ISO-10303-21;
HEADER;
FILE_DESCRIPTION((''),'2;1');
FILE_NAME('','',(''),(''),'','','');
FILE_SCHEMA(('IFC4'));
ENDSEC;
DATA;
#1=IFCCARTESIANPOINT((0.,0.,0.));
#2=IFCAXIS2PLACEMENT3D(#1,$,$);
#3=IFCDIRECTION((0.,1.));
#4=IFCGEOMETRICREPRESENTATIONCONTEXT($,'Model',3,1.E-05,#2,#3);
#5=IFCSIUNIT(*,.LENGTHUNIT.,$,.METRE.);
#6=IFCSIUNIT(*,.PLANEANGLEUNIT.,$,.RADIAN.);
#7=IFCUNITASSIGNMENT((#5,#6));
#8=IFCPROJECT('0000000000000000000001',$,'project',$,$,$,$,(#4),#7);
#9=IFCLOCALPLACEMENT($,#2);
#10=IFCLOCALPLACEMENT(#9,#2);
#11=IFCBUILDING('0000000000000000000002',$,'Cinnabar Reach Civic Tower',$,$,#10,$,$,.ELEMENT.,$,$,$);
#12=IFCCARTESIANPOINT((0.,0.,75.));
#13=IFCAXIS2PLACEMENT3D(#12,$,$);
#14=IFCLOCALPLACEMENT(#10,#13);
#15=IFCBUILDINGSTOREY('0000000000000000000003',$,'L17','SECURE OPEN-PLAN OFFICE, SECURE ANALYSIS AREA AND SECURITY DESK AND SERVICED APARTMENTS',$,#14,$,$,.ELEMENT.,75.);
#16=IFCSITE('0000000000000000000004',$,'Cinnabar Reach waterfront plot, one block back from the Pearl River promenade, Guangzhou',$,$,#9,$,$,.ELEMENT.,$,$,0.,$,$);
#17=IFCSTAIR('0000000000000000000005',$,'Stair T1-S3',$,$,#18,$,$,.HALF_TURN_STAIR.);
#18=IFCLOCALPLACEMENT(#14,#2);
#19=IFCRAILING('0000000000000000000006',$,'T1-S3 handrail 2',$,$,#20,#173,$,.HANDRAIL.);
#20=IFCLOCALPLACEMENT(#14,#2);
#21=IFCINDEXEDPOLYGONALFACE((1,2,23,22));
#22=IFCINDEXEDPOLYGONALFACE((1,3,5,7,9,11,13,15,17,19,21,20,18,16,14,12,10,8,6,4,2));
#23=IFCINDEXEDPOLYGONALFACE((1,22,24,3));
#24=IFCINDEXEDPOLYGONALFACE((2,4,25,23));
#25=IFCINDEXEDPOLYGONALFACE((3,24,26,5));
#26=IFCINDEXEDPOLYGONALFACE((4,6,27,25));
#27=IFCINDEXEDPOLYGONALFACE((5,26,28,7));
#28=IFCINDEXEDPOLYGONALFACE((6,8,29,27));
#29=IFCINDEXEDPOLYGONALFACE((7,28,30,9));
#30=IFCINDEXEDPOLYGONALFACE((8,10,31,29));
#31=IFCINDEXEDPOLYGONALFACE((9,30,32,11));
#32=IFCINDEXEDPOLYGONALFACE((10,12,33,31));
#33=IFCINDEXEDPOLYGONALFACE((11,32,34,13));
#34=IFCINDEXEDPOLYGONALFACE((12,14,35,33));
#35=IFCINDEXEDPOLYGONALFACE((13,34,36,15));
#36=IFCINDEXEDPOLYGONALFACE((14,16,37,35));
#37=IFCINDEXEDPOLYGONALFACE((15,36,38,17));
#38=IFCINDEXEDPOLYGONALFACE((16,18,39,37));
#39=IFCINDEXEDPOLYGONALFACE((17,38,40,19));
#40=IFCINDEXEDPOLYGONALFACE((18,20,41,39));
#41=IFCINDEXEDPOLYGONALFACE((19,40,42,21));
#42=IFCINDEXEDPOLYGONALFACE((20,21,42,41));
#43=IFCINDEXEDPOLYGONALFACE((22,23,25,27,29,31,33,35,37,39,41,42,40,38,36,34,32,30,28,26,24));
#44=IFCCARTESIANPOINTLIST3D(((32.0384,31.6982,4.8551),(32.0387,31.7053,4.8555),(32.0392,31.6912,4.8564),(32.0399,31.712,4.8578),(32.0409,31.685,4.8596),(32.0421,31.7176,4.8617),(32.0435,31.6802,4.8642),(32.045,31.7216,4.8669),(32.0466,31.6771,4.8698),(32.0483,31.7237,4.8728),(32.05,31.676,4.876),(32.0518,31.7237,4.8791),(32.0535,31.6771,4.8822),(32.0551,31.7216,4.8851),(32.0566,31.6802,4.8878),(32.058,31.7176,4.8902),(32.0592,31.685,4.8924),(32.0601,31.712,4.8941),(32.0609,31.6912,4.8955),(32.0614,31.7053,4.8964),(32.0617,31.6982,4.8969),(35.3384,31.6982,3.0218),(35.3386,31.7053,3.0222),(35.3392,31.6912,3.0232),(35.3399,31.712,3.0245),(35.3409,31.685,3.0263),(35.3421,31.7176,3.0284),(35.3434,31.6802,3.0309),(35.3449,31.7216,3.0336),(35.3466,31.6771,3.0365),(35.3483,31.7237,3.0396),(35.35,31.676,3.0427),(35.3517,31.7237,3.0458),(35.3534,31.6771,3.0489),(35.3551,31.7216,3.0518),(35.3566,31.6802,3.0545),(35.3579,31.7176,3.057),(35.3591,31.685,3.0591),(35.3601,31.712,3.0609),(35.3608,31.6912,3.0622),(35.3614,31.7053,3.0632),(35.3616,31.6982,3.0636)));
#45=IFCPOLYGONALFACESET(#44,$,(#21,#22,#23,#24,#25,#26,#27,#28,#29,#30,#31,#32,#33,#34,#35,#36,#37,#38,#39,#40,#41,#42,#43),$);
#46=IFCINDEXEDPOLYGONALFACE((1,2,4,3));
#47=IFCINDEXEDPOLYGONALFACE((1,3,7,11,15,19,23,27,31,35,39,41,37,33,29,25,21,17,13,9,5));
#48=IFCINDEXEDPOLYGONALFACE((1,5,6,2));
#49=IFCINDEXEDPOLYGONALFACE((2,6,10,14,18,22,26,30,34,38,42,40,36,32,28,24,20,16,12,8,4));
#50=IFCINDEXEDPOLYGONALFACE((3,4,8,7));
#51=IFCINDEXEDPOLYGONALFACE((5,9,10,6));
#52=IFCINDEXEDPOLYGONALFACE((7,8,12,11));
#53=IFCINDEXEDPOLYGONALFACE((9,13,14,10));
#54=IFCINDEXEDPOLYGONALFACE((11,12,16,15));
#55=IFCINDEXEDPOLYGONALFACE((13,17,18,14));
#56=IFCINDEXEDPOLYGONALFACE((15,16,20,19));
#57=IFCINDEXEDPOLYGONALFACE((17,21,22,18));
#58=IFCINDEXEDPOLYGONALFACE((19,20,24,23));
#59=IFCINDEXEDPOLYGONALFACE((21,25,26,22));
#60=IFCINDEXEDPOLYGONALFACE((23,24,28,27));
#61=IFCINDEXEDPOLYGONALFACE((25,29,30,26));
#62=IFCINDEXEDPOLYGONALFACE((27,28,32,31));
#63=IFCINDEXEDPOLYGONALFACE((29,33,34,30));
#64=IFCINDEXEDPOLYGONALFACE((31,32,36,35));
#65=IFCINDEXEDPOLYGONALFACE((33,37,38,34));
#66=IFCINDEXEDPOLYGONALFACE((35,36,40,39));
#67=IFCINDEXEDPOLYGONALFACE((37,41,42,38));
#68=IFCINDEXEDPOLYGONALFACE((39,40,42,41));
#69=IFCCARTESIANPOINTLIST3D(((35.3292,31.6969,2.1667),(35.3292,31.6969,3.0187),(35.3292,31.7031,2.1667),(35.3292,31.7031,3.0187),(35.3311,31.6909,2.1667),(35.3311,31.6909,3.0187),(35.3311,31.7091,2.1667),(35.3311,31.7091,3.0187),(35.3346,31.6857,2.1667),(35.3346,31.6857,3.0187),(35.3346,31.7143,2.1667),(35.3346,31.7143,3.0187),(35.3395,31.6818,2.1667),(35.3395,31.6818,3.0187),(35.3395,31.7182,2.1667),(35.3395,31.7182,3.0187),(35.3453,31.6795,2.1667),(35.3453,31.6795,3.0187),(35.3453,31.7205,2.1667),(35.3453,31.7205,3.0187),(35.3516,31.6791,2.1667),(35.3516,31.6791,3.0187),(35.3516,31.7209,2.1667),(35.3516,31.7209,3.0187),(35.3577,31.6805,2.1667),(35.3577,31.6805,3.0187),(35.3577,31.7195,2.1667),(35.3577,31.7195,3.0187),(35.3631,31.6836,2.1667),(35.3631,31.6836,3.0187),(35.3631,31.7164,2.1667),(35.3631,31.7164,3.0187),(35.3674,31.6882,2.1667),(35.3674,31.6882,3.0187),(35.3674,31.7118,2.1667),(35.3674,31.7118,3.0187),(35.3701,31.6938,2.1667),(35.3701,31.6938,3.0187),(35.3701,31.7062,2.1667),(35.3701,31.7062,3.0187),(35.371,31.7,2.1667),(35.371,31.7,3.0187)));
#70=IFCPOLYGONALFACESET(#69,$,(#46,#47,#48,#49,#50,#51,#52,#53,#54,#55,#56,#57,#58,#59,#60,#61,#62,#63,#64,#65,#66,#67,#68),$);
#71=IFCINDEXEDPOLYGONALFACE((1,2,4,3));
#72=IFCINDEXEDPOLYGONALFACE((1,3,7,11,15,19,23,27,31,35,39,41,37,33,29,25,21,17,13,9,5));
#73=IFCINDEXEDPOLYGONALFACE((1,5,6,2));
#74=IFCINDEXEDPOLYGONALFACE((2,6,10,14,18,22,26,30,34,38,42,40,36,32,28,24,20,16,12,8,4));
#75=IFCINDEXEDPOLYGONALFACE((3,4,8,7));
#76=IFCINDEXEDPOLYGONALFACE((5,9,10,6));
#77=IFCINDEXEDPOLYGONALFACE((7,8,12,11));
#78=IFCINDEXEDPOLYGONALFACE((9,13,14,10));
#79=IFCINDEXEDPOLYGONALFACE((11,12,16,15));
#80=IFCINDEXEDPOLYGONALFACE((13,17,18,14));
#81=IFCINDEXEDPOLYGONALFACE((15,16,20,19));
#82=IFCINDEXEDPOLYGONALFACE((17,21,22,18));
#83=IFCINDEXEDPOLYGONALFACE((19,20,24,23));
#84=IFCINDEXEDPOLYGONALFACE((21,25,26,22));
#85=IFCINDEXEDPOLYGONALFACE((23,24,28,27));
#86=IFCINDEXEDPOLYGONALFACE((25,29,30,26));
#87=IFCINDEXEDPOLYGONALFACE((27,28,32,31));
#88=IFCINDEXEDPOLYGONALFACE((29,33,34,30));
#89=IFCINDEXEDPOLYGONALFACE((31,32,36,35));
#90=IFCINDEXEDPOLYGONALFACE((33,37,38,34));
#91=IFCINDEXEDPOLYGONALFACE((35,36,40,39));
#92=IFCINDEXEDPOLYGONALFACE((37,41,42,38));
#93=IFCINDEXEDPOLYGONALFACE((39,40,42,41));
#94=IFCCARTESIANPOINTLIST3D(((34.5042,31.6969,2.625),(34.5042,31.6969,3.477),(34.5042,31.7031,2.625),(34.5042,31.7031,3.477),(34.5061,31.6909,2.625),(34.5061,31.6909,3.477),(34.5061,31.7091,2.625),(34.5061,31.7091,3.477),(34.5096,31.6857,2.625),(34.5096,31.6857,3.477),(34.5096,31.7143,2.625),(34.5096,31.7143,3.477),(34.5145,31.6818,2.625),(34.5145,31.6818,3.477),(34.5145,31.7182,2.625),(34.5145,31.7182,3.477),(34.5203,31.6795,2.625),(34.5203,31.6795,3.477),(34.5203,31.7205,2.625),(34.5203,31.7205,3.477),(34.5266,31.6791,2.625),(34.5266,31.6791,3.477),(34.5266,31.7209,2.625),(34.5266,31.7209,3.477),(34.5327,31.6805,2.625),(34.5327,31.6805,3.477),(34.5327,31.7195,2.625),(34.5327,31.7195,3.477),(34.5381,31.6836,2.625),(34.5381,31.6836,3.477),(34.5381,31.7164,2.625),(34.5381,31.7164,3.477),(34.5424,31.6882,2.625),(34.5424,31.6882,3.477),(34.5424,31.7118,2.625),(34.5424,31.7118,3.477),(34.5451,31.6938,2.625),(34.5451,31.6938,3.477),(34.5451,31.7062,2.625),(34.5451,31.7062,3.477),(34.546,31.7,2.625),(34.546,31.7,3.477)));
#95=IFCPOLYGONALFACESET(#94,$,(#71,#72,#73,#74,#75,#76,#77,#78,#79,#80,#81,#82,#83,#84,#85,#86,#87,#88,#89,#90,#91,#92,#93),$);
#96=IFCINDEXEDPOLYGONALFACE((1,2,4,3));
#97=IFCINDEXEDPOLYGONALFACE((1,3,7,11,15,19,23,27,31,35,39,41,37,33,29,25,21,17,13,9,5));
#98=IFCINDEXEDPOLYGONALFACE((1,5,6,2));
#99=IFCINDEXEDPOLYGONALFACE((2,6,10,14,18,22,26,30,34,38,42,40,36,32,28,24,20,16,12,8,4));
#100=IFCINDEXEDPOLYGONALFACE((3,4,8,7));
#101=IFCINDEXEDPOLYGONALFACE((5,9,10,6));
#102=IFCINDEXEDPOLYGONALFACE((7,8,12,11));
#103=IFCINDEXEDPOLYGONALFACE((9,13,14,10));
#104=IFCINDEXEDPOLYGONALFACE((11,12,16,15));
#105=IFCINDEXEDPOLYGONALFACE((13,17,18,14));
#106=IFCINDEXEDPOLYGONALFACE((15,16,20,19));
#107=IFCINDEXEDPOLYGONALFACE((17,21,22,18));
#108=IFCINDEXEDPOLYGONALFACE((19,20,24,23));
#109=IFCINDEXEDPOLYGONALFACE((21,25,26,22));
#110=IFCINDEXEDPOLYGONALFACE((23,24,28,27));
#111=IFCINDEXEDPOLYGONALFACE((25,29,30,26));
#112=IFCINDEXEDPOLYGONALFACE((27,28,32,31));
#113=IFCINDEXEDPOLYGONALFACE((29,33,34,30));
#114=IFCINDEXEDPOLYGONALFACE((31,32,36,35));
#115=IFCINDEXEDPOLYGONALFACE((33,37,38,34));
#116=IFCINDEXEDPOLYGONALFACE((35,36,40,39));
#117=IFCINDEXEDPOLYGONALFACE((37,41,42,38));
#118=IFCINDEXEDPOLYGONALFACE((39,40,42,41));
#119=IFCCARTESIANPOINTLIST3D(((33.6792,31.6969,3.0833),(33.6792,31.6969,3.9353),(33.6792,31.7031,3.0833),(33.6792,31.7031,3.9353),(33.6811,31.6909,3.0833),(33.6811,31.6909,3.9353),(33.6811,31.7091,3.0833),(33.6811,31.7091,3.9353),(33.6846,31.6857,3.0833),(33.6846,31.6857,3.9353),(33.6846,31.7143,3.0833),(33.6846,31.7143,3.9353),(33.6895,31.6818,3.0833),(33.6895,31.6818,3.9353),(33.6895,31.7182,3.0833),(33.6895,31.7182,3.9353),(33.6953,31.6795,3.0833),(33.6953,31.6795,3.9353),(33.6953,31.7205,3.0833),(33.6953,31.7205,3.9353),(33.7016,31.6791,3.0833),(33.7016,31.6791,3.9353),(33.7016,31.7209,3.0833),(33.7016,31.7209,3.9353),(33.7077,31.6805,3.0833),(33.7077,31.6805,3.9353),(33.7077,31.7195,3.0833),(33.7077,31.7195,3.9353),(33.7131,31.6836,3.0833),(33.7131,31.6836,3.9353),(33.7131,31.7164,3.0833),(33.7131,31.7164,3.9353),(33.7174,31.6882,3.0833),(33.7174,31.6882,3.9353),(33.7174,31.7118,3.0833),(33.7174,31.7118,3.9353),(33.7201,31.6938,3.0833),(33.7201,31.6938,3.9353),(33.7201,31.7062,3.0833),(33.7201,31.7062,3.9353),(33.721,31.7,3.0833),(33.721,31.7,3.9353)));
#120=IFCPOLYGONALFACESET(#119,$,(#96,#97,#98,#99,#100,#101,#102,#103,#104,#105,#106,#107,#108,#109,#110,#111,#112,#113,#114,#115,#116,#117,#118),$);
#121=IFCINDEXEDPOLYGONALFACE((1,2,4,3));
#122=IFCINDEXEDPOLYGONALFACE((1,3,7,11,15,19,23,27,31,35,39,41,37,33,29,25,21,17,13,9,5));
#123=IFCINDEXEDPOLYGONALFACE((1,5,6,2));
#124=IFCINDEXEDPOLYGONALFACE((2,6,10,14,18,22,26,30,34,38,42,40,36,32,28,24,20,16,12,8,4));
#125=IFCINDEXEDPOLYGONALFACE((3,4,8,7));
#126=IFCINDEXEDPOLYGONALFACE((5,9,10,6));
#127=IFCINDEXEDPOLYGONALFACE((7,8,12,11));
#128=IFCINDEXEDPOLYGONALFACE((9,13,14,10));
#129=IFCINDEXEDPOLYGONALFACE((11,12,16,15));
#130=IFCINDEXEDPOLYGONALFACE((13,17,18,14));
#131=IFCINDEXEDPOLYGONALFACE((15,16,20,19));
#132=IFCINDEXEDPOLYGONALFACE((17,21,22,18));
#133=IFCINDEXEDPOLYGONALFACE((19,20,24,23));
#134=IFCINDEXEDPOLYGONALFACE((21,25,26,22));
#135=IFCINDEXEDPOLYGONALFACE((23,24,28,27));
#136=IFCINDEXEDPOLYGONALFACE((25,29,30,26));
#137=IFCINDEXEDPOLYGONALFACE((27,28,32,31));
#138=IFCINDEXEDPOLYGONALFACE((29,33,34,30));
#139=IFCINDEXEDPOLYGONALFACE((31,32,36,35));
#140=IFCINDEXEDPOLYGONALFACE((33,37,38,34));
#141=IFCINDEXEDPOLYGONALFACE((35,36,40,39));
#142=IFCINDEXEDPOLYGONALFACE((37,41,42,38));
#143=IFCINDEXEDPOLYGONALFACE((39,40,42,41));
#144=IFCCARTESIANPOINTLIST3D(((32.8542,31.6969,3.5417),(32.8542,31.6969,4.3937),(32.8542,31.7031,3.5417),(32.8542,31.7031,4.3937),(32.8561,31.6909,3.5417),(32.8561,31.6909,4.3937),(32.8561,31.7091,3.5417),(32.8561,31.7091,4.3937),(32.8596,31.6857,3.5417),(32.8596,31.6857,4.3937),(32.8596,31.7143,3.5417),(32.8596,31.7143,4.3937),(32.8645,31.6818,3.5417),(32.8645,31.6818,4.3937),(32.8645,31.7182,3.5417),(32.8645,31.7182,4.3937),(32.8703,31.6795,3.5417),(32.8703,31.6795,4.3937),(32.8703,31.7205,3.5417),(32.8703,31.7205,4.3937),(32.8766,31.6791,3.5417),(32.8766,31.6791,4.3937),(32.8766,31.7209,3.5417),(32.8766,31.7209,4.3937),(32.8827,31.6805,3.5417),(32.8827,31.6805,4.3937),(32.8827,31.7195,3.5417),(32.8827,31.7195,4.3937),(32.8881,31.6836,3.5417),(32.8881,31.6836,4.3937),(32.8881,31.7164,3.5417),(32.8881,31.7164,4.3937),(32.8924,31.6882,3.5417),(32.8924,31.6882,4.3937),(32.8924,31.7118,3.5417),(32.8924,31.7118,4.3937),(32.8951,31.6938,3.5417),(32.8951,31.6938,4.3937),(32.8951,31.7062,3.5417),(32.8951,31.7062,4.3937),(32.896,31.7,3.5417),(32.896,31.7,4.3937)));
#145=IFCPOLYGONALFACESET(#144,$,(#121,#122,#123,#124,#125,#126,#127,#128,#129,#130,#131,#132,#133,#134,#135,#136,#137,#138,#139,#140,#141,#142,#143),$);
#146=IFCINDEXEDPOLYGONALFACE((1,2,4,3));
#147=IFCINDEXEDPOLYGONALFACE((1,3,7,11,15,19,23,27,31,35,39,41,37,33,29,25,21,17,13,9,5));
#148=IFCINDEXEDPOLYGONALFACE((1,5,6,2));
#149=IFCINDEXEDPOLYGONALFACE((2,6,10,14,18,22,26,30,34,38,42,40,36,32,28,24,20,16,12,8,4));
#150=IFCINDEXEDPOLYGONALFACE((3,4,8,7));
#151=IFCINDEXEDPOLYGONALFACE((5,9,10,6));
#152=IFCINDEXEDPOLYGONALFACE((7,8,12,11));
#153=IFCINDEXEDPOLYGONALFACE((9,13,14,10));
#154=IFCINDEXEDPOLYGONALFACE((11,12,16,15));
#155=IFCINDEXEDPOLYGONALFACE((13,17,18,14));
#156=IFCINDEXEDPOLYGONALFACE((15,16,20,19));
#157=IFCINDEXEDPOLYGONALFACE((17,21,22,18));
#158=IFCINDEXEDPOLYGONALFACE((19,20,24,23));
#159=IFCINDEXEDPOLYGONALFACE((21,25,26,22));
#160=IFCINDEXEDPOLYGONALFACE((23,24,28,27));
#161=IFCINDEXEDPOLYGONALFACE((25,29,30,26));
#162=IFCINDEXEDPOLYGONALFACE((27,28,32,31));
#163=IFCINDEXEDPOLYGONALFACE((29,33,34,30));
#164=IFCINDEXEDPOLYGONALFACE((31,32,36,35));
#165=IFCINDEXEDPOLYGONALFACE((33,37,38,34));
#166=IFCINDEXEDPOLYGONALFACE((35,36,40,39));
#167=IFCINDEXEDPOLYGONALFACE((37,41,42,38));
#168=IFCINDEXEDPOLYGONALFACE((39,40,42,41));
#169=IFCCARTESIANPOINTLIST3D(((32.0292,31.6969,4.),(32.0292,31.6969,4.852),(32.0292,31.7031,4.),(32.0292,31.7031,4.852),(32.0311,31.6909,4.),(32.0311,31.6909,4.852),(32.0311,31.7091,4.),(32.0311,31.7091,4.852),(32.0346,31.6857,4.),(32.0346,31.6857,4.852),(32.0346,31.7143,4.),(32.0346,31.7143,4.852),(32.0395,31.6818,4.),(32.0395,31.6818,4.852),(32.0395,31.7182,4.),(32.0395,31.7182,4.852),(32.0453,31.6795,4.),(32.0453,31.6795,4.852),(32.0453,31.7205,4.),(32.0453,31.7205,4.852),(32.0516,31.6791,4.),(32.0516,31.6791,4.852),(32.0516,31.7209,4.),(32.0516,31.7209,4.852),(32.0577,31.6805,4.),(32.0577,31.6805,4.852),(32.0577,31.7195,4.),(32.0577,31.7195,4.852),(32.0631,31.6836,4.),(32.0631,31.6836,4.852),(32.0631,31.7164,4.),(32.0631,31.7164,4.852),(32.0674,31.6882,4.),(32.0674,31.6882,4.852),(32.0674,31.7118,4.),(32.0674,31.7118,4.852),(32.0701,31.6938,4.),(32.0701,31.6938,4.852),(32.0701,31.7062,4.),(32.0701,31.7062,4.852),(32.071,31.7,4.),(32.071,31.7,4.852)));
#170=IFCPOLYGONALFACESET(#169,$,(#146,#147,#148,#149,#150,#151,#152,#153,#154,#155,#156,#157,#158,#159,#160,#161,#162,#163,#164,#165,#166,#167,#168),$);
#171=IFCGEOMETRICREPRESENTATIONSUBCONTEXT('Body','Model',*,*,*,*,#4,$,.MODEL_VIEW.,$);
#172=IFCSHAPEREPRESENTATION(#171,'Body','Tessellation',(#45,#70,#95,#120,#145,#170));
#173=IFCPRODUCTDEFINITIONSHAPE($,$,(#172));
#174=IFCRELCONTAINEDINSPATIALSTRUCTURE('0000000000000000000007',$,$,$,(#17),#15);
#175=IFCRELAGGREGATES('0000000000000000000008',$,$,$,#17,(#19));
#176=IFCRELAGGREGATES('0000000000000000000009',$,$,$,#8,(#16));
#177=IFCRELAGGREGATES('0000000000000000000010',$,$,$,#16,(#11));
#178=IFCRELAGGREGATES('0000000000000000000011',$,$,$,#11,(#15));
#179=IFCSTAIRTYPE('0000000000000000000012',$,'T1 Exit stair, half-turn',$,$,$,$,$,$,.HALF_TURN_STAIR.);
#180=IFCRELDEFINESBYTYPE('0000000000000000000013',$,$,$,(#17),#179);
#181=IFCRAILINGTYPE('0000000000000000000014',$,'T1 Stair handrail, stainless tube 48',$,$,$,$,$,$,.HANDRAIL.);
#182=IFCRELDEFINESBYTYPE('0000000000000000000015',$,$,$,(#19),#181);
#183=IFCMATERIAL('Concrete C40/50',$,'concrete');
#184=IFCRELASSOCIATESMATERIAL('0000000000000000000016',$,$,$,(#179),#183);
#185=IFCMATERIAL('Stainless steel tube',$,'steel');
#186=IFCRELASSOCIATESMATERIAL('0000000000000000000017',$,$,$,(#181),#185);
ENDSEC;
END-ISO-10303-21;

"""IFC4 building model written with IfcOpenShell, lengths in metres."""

from ifc_helpers import new_model, si_unit, direction, frame, origin, origin_2d, place, context, subcontext, project, spatial, circle, extrude, material, type_object, element, aggregate, save


model = new_model("IFC4")

# Units and contexts
model_context = context("Model", 3, precision=1e-05, world=origin(), true_north=direction((0.0, 1.0)))
body_context = subcontext(model_context, "Body", "Model", "MODEL_VIEW")
ifc_project = project(units=[si_unit("LENGTHUNIT", "METRE"), si_unit("PLANEANGLEUNIT", "RADIAN")], contexts=[model_context])

# Site, building, storey
site_placement = place(None, origin())
site = spatial("IfcSite", under=ifc_project, at=site_placement, Name="Cinnabar Reach waterfront plot, one block back from the Pearl River promenade, Guangzhou", CompositionType="ELEMENT", RefElevation=0.0)
building_placement = place(site_placement, origin())
building = spatial("IfcBuilding", under=site, at=building_placement, Name="Cinnabar Reach Civic Tower", CompositionType="ELEMENT")
storey_placement = place(building_placement, frame((0.0, 0.0, 75.0)))
storey = spatial("IfcBuildingStorey", under=building, at=storey_placement, Name="L17", Description="SECURE OPEN-PLAN OFFICE, SECURE ANALYSIS AREA AND SECURITY DESK AND SERVICED APARTMENTS", CompositionType="ELEMENT", Elevation=75.0)

# Stair, railing
ifc_material_1 = material(Name="Concrete C40/50", Category="concrete")
stair_type = type_object("IfcStairType", Name="T1 Exit stair, half-turn", PredefinedType="HALF_TURN_STAIR", material=ifc_material_1)
stair_placement = place(storey_placement, origin())
stair = element("IfcStair", 1, at=stair_placement, inside=storey, type_object=stair_type, Name="Stair T1-S3", PredefinedType="HALF_TURN_STAIR")
ifc_material_2 = material(Name="Stainless steel tube", Category="steel")
railing_type = type_object("IfcRailingType", Name="T1 Stair handrail, stainless tube 48", PredefinedType="HANDRAIL", material=ifc_material_2)
railing_1_placement = place(storey_placement, frame((35.35, 31.7, 2.1667)))
railing_1 = element("IfcRailing", 2, at=railing_1_placement, type_object=railing_type, Name="T1-S3 handrail 2", PredefinedType="HANDRAIL", context=body_context, shape_type="SweptSolid", body=[
    extrude(circle(Radius=0.024, at=origin_2d()), frame((0.0, 0.0, 0.876), z_axis=(-0.874161, 0.0, 0.485636), x_axis=(0.0, -1.0, 0.0)), (0.0, 0.0, 1.0), 3.775),
    extrude(circle(Radius=0.021, at=origin_2d()), origin(), (0.0, 0.0, 1.0), 0.852),
    extrude(circle(Radius=0.021, at=origin_2d()), frame((-0.825, 0.0, 0.4583)), (0.0, 0.0, 1.0), 0.852),
    extrude(circle(Radius=0.021, at=origin_2d()), frame((-1.65, 0.0, 0.9166)), (0.0, 0.0, 1.0), 0.852),
    extrude(circle(Radius=0.021, at=origin_2d()), frame((-2.475, 0.0, 1.375)), (0.0, 0.0, 1.0), 0.852),
    extrude(circle(Radius=0.021, at=origin_2d()), frame((-3.3, 0.0, 1.8333)), (0.0, 0.0, 1.0), 0.852),
])
aggregate(stair, [railing_1])

save(model, "model.ifc")
